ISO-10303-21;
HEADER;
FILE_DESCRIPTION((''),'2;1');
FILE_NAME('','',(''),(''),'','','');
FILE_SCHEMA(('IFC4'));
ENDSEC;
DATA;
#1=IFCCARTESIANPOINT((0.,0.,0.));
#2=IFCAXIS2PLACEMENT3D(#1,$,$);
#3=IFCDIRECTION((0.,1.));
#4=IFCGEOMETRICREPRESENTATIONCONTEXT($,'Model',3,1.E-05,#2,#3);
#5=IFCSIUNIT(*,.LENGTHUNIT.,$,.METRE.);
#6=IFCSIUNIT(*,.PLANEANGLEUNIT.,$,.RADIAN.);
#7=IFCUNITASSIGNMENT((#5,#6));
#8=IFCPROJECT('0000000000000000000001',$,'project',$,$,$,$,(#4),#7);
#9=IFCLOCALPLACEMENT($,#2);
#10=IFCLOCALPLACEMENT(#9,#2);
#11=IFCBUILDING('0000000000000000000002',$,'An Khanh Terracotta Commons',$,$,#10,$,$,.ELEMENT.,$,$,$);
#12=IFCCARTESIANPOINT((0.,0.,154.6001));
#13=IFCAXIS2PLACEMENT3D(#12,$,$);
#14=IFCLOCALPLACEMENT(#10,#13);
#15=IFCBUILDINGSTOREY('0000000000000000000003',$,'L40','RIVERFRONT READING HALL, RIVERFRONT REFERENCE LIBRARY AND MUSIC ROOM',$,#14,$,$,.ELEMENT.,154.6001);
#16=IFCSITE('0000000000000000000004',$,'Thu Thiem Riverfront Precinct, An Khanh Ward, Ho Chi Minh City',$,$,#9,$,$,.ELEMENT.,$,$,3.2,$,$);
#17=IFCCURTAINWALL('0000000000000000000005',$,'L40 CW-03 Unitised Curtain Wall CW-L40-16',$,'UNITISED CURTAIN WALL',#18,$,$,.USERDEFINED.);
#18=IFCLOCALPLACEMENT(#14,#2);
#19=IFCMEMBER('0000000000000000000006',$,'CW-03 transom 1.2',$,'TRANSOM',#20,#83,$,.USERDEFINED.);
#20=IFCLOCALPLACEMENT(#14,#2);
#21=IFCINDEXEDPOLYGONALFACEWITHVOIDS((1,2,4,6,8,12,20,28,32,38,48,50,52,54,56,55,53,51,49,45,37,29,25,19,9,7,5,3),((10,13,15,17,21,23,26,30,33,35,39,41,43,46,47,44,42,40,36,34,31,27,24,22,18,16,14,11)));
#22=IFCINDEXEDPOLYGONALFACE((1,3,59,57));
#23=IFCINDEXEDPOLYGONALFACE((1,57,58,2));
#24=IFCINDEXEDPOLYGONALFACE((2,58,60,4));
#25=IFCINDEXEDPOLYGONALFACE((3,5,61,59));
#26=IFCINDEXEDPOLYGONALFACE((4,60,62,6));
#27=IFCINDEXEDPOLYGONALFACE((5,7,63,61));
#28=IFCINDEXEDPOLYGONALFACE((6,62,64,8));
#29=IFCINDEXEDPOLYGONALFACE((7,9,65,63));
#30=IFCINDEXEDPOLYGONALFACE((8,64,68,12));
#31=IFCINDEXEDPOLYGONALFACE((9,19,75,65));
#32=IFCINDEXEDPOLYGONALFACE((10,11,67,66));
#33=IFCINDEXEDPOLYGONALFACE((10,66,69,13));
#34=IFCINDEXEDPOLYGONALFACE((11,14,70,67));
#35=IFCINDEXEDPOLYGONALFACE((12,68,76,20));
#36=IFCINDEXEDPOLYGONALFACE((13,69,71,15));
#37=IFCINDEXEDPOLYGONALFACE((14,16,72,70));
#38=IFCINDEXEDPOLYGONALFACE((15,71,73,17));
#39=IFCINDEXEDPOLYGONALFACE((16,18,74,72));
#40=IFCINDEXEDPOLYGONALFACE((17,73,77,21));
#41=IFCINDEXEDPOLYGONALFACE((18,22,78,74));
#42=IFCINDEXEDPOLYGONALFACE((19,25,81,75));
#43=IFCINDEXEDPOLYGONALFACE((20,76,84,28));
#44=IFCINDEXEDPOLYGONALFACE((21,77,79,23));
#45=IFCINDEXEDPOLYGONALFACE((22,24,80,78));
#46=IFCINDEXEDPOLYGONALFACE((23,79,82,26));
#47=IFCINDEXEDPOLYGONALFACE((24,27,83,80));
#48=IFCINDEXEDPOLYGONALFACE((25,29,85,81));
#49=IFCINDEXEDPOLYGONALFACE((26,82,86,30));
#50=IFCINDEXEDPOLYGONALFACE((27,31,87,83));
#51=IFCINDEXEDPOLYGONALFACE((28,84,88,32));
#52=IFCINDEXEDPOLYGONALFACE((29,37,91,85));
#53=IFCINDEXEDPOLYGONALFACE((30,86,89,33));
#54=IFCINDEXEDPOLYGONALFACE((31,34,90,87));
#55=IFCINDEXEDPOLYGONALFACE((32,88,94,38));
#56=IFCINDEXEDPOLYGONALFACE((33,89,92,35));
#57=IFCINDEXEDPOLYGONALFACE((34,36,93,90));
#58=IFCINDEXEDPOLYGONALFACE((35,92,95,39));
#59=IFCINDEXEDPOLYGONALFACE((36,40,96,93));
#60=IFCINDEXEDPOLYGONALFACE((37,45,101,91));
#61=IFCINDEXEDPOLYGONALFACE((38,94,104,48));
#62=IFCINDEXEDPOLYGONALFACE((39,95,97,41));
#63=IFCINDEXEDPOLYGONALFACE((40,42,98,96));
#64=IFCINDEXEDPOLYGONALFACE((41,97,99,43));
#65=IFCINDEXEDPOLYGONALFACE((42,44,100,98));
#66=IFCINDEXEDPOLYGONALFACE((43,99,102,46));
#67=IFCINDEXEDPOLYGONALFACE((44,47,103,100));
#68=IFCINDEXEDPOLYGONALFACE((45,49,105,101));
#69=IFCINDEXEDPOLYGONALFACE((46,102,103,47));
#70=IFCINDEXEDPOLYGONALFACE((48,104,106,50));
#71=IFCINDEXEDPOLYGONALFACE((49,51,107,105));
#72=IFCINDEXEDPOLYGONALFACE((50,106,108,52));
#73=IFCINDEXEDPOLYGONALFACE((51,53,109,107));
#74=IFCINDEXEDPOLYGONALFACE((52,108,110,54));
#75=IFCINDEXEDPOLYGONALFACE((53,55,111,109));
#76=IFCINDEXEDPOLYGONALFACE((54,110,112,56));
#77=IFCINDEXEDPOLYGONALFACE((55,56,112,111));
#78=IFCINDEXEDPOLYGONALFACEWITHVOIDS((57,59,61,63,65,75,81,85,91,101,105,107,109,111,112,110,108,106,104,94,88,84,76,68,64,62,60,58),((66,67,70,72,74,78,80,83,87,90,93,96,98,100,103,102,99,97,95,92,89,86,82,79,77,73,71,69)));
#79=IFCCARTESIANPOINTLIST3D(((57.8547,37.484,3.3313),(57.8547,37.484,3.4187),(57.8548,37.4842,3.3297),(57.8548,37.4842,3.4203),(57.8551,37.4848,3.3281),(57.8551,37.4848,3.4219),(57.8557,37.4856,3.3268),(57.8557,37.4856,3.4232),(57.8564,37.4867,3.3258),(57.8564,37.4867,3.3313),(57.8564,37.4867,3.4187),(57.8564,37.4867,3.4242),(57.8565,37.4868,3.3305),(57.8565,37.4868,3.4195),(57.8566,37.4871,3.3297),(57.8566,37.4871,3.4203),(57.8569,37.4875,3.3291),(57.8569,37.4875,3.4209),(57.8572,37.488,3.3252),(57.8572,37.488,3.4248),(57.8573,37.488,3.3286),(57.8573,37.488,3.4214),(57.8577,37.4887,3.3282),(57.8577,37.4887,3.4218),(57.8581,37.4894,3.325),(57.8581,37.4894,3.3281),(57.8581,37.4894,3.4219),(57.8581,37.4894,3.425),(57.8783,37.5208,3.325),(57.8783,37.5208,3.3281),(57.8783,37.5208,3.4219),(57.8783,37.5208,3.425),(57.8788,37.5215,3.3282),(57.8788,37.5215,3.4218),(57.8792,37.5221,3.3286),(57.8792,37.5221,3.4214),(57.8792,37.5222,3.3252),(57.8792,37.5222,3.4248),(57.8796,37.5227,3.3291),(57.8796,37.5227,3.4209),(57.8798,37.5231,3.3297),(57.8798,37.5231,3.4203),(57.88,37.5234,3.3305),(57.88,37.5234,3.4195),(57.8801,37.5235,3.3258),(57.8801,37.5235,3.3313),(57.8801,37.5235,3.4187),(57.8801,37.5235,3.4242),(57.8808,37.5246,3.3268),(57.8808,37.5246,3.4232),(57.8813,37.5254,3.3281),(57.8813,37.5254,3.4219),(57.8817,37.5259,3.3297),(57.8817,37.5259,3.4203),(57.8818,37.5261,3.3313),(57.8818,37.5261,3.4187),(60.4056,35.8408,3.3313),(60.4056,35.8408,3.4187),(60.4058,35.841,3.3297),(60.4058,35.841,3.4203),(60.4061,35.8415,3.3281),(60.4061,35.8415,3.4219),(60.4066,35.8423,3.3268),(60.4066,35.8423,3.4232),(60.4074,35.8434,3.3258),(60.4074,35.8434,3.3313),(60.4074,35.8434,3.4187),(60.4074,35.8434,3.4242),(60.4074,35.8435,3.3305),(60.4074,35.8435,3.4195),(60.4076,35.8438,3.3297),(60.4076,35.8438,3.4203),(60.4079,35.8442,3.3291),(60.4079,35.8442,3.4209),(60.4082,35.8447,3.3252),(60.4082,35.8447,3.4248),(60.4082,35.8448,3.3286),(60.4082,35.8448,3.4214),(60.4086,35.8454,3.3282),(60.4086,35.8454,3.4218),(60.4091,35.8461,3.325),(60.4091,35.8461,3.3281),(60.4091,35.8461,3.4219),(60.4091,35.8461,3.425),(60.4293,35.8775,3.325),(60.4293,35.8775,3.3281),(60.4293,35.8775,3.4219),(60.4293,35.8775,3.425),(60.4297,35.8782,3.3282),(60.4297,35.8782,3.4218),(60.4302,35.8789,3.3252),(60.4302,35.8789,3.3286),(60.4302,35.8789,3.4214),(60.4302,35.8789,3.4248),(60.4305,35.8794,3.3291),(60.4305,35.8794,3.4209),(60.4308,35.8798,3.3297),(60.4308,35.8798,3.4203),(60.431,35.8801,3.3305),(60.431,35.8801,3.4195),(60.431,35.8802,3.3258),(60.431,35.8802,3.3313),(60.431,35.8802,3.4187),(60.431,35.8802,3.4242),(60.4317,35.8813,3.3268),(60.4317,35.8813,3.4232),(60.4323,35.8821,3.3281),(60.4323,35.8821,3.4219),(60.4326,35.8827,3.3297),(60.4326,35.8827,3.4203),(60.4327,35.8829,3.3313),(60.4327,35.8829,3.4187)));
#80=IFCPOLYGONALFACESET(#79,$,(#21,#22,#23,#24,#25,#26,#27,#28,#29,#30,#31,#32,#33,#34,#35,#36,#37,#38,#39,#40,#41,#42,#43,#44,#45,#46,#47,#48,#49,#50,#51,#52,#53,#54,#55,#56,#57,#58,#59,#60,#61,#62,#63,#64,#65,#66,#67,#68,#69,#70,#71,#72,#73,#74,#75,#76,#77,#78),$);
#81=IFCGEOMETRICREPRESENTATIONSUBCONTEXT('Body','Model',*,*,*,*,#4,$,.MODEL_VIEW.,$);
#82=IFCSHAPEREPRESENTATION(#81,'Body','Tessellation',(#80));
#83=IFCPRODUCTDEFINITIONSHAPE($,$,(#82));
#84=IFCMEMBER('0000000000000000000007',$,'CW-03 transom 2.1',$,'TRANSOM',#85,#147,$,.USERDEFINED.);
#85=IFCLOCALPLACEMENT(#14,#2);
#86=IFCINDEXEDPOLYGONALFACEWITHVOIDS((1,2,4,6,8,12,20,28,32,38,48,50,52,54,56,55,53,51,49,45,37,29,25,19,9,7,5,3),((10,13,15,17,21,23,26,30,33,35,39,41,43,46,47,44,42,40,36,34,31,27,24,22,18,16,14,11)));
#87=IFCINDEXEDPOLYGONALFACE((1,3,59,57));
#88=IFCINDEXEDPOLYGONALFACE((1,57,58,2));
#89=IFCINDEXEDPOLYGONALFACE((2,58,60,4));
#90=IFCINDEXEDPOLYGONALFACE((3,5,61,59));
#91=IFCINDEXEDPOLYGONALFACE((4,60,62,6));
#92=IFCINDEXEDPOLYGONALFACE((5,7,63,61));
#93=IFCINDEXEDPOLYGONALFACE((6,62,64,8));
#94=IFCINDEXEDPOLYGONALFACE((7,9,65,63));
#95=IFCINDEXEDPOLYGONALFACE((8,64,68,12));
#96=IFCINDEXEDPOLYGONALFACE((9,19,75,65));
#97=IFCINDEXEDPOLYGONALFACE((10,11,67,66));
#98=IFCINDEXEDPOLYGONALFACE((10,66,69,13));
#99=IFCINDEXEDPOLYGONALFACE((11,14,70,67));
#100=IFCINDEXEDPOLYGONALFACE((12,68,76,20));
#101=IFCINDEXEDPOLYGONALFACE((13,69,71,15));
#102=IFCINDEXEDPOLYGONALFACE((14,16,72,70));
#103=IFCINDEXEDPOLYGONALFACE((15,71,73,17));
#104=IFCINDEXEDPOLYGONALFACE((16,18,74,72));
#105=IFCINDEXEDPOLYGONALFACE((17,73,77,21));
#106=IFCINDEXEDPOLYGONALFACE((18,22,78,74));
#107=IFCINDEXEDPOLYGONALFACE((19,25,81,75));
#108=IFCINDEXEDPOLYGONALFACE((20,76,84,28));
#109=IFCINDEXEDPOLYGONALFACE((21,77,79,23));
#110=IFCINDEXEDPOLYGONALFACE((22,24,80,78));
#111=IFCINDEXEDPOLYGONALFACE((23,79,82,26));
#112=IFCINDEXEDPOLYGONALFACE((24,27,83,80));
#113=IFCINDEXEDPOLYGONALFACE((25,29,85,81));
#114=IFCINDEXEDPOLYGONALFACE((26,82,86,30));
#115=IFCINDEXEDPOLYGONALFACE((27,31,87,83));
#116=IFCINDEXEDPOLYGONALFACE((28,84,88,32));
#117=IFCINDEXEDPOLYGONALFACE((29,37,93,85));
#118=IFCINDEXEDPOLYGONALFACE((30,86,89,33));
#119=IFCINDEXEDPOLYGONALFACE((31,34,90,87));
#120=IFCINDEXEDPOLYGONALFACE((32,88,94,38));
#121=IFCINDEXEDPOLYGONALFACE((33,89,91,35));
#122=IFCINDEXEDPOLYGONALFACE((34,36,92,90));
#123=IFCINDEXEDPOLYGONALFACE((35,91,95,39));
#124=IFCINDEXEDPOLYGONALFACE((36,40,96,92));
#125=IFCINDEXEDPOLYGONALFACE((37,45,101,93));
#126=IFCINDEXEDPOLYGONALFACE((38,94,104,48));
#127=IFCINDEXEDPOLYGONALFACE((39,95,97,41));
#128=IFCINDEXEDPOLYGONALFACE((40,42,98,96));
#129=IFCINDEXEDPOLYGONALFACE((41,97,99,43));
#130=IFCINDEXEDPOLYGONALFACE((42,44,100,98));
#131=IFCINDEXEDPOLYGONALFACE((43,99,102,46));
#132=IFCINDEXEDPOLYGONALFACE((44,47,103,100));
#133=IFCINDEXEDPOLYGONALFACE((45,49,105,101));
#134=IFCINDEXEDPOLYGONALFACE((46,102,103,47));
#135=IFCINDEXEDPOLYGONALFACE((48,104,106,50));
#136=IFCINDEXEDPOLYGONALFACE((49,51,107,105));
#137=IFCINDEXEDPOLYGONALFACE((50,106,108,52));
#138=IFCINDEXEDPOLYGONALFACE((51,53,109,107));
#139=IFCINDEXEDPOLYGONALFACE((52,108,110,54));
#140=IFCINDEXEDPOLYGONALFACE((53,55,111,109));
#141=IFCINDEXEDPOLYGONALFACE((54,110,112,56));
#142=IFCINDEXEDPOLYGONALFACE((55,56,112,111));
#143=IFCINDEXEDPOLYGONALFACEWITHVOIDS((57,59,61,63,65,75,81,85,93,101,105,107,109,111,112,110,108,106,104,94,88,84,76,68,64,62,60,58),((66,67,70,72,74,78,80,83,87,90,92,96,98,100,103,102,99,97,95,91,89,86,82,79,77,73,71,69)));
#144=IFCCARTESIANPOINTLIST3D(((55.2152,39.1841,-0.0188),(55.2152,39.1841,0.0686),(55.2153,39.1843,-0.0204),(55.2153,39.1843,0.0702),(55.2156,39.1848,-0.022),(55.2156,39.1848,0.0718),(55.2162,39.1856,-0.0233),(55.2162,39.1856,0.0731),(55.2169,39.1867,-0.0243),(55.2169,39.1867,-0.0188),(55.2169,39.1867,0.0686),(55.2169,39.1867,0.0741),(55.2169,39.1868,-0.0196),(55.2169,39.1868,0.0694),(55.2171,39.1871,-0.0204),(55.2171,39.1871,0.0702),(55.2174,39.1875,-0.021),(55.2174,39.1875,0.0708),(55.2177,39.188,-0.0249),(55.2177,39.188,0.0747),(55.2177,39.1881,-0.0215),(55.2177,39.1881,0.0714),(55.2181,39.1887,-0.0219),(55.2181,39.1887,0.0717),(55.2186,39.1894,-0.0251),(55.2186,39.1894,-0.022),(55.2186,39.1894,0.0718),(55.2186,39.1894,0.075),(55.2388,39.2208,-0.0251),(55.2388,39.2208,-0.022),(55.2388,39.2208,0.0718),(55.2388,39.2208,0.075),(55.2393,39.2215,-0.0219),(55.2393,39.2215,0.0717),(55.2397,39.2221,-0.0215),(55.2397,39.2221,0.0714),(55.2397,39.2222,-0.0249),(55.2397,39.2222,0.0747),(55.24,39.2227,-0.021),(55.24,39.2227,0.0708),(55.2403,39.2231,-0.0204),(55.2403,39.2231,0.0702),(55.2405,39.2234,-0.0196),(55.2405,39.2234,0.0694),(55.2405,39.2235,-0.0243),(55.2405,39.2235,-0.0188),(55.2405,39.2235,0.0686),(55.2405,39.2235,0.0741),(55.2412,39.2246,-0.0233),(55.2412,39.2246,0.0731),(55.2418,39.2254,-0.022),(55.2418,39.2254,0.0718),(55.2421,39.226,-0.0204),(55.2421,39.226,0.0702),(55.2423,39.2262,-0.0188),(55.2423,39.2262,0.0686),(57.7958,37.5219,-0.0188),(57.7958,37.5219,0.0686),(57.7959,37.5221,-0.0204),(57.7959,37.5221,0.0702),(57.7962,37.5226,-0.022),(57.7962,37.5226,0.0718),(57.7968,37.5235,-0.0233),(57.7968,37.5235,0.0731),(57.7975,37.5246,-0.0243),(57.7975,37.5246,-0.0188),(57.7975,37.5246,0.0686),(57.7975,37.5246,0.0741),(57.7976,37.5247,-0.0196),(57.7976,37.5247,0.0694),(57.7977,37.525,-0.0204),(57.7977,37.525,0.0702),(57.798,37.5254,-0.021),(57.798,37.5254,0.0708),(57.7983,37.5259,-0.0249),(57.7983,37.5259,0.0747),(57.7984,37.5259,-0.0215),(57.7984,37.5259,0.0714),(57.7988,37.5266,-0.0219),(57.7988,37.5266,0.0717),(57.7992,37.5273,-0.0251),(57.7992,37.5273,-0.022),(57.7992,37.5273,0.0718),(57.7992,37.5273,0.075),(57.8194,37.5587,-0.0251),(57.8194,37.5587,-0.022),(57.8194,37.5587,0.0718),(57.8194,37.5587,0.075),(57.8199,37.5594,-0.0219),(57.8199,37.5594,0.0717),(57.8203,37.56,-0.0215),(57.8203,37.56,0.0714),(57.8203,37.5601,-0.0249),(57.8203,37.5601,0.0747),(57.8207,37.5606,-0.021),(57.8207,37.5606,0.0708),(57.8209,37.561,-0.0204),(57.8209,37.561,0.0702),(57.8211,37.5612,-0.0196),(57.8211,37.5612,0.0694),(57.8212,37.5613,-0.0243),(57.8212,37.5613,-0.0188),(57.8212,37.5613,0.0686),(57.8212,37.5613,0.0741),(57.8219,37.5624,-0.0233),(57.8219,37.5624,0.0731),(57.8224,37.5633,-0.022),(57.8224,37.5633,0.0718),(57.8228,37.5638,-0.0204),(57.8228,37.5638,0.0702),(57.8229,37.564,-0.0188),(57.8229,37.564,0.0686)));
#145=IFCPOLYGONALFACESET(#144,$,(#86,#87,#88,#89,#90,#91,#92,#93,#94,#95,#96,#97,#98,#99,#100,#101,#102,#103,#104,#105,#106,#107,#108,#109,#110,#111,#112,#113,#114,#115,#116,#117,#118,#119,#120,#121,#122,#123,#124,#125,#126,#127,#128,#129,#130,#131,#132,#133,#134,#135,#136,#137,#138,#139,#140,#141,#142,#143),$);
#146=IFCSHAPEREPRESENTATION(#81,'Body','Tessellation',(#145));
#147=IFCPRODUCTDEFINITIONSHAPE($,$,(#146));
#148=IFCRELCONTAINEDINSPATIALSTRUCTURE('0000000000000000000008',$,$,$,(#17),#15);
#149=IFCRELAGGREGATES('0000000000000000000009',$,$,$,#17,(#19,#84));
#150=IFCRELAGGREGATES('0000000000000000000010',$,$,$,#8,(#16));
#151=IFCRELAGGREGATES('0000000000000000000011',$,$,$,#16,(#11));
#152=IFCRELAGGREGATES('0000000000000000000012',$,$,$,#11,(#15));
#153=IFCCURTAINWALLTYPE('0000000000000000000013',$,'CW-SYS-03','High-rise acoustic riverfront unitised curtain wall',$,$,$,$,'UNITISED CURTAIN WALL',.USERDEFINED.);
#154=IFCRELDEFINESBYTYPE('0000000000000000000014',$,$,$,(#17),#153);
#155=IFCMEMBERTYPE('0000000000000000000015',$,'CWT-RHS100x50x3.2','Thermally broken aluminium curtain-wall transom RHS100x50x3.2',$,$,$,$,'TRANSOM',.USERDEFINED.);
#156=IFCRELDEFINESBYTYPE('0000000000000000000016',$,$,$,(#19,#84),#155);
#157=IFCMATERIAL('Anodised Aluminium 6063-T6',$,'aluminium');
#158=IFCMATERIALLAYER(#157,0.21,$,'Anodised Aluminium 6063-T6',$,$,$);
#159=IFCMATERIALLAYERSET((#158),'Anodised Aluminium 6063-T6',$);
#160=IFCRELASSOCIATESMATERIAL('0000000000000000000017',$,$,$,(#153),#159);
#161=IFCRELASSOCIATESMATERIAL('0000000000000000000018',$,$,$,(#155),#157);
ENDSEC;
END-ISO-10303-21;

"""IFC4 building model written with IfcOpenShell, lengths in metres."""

from ifc_helpers import new_model, si_unit, direction, frame, origin, origin_2d, place, context, subcontext, project, spatial, hollow_rectangle, extrude, material, layer, layer_set, material_profile, profile_set, type_object, element, aggregate, save


model = new_model("IFC4")

# Units and contexts
model_context = context("Model", 3, precision=1e-05, world=origin(), true_north=direction((0.0, 1.0)))
body_context = subcontext(model_context, "Body", "Model", "MODEL_VIEW")
ifc_project = project(units=[si_unit("LENGTHUNIT", "METRE"), si_unit("PLANEANGLEUNIT", "RADIAN")], contexts=[model_context])

# Site, building, storey
site_placement = place(None, origin())
site = spatial("IfcSite", under=ifc_project, at=site_placement, Name="Thu Thiem Riverfront Precinct, An Khanh Ward, Ho Chi Minh City", CompositionType="ELEMENT", RefElevation=3.2)
building_placement = place(site_placement, origin())
building = spatial("IfcBuilding", under=site, at=building_placement, Name="An Khanh Terracotta Commons", CompositionType="ELEMENT")
storey_placement = place(building_placement, frame((0.0, 0.0, 154.6001)))
storey = spatial("IfcBuildingStorey", under=building, at=storey_placement, Name="L40", Description="RIVERFRONT READING HALL, RIVERFRONT REFERENCE LIBRARY AND MUSIC ROOM", CompositionType="ELEMENT", Elevation=154.6001)

# Curtain wall
ifc_material_1 = material(Name="Anodised Aluminium 6063-T6", Category="aluminium")
ifc_layer_1 = layer(ifc_material_1, 0.21, Name="Anodised Aluminium 6063-T6")
ifc_layer_set_1 = layer_set([ifc_layer_1], Name="Anodised Aluminium 6063-T6")
curtain_wall_type = type_object("IfcCurtainWallType", Name="CW-SYS-03", Description="High-rise acoustic riverfront unitised curtain wall", ElementType="UNITISED CURTAIN WALL", PredefinedType="USERDEFINED", material=ifc_layer_set_1)
curtain_wall_1_placement = place(storey_placement, origin())
curtain_wall_1 = element("IfcCurtainWall", 1, at=curtain_wall_1_placement, inside=storey, type_object=curtain_wall_type, Name="L40 CW-03 Unitised Curtain Wall CW-L40-16", ObjectType="UNITISED CURTAIN WALL", PredefinedType="USERDEFINED")

# Members
ifc_material_profile_1 = material_profile(ifc_material_1, hollow_rectangle(XDim=0.05, YDim=0.1001, WallThickness=0.0032, InnerFilletRadius=0.0032, OuterFilletRadius=0.0063, at=origin_2d()), Name="RHS100x50x3.2")
ifc_profile_set_1 = profile_set([ifc_material_profile_1], Name="Anodised Aluminium 6063-T6")
member_type_1 = type_object("IfcMemberType", Name="CWT-RHS100x50x3.2", Description="Thermally broken aluminium curtain-wall transom RHS100x50x3.2", ElementType="TRANSOM", PredefinedType="USERDEFINED", material=ifc_profile_set_1)
member_1_placement = place(storey_placement, frame((60.4192, 35.8618, 3.375), z_axis=(-0.840674, 0.541542, 0.0), x_axis=(-0.541542, -0.840674, 0.0)))
member_1 = element("IfcMember", 2, at=member_1_placement, type_object=member_type_1, Name="CW-03 transom 1.2", ObjectType="TRANSOM", PredefinedType="USERDEFINED", context=body_context, shape_type="SweptSolid", body=[
    extrude(hollow_rectangle(XDim=0.05, YDim=0.1001, WallThickness=0.0032, InnerFilletRadius=0.0032, OuterFilletRadius=0.0063, at=origin_2d()), origin(), (0.0, 0.0, 1.0), 3.0344),
])
member_2_placement = place(storey_placement, frame((57.8093, 37.543, 0.0249), z_axis=(-0.840708, 0.541489, 0.0), x_axis=(-0.541489, -0.840708, 0.0)))
member_2 = element("IfcMember", 3, at=member_2_placement, type_object=member_type_1, Name="CW-03 transom 2.1", ObjectType="TRANSOM", PredefinedType="USERDEFINED", context=body_context, shape_type="SweptSolid", body=[
    extrude(hollow_rectangle(XDim=0.05, YDim=0.1001, WallThickness=0.0032, InnerFilletRadius=0.0032, OuterFilletRadius=0.0063, at=origin_2d()), origin(), (0.0, 0.0, 1.0), 3.0696),
])

aggregate(curtain_wall_1, [member_1, member_2])

save(model, "model.ifc")
